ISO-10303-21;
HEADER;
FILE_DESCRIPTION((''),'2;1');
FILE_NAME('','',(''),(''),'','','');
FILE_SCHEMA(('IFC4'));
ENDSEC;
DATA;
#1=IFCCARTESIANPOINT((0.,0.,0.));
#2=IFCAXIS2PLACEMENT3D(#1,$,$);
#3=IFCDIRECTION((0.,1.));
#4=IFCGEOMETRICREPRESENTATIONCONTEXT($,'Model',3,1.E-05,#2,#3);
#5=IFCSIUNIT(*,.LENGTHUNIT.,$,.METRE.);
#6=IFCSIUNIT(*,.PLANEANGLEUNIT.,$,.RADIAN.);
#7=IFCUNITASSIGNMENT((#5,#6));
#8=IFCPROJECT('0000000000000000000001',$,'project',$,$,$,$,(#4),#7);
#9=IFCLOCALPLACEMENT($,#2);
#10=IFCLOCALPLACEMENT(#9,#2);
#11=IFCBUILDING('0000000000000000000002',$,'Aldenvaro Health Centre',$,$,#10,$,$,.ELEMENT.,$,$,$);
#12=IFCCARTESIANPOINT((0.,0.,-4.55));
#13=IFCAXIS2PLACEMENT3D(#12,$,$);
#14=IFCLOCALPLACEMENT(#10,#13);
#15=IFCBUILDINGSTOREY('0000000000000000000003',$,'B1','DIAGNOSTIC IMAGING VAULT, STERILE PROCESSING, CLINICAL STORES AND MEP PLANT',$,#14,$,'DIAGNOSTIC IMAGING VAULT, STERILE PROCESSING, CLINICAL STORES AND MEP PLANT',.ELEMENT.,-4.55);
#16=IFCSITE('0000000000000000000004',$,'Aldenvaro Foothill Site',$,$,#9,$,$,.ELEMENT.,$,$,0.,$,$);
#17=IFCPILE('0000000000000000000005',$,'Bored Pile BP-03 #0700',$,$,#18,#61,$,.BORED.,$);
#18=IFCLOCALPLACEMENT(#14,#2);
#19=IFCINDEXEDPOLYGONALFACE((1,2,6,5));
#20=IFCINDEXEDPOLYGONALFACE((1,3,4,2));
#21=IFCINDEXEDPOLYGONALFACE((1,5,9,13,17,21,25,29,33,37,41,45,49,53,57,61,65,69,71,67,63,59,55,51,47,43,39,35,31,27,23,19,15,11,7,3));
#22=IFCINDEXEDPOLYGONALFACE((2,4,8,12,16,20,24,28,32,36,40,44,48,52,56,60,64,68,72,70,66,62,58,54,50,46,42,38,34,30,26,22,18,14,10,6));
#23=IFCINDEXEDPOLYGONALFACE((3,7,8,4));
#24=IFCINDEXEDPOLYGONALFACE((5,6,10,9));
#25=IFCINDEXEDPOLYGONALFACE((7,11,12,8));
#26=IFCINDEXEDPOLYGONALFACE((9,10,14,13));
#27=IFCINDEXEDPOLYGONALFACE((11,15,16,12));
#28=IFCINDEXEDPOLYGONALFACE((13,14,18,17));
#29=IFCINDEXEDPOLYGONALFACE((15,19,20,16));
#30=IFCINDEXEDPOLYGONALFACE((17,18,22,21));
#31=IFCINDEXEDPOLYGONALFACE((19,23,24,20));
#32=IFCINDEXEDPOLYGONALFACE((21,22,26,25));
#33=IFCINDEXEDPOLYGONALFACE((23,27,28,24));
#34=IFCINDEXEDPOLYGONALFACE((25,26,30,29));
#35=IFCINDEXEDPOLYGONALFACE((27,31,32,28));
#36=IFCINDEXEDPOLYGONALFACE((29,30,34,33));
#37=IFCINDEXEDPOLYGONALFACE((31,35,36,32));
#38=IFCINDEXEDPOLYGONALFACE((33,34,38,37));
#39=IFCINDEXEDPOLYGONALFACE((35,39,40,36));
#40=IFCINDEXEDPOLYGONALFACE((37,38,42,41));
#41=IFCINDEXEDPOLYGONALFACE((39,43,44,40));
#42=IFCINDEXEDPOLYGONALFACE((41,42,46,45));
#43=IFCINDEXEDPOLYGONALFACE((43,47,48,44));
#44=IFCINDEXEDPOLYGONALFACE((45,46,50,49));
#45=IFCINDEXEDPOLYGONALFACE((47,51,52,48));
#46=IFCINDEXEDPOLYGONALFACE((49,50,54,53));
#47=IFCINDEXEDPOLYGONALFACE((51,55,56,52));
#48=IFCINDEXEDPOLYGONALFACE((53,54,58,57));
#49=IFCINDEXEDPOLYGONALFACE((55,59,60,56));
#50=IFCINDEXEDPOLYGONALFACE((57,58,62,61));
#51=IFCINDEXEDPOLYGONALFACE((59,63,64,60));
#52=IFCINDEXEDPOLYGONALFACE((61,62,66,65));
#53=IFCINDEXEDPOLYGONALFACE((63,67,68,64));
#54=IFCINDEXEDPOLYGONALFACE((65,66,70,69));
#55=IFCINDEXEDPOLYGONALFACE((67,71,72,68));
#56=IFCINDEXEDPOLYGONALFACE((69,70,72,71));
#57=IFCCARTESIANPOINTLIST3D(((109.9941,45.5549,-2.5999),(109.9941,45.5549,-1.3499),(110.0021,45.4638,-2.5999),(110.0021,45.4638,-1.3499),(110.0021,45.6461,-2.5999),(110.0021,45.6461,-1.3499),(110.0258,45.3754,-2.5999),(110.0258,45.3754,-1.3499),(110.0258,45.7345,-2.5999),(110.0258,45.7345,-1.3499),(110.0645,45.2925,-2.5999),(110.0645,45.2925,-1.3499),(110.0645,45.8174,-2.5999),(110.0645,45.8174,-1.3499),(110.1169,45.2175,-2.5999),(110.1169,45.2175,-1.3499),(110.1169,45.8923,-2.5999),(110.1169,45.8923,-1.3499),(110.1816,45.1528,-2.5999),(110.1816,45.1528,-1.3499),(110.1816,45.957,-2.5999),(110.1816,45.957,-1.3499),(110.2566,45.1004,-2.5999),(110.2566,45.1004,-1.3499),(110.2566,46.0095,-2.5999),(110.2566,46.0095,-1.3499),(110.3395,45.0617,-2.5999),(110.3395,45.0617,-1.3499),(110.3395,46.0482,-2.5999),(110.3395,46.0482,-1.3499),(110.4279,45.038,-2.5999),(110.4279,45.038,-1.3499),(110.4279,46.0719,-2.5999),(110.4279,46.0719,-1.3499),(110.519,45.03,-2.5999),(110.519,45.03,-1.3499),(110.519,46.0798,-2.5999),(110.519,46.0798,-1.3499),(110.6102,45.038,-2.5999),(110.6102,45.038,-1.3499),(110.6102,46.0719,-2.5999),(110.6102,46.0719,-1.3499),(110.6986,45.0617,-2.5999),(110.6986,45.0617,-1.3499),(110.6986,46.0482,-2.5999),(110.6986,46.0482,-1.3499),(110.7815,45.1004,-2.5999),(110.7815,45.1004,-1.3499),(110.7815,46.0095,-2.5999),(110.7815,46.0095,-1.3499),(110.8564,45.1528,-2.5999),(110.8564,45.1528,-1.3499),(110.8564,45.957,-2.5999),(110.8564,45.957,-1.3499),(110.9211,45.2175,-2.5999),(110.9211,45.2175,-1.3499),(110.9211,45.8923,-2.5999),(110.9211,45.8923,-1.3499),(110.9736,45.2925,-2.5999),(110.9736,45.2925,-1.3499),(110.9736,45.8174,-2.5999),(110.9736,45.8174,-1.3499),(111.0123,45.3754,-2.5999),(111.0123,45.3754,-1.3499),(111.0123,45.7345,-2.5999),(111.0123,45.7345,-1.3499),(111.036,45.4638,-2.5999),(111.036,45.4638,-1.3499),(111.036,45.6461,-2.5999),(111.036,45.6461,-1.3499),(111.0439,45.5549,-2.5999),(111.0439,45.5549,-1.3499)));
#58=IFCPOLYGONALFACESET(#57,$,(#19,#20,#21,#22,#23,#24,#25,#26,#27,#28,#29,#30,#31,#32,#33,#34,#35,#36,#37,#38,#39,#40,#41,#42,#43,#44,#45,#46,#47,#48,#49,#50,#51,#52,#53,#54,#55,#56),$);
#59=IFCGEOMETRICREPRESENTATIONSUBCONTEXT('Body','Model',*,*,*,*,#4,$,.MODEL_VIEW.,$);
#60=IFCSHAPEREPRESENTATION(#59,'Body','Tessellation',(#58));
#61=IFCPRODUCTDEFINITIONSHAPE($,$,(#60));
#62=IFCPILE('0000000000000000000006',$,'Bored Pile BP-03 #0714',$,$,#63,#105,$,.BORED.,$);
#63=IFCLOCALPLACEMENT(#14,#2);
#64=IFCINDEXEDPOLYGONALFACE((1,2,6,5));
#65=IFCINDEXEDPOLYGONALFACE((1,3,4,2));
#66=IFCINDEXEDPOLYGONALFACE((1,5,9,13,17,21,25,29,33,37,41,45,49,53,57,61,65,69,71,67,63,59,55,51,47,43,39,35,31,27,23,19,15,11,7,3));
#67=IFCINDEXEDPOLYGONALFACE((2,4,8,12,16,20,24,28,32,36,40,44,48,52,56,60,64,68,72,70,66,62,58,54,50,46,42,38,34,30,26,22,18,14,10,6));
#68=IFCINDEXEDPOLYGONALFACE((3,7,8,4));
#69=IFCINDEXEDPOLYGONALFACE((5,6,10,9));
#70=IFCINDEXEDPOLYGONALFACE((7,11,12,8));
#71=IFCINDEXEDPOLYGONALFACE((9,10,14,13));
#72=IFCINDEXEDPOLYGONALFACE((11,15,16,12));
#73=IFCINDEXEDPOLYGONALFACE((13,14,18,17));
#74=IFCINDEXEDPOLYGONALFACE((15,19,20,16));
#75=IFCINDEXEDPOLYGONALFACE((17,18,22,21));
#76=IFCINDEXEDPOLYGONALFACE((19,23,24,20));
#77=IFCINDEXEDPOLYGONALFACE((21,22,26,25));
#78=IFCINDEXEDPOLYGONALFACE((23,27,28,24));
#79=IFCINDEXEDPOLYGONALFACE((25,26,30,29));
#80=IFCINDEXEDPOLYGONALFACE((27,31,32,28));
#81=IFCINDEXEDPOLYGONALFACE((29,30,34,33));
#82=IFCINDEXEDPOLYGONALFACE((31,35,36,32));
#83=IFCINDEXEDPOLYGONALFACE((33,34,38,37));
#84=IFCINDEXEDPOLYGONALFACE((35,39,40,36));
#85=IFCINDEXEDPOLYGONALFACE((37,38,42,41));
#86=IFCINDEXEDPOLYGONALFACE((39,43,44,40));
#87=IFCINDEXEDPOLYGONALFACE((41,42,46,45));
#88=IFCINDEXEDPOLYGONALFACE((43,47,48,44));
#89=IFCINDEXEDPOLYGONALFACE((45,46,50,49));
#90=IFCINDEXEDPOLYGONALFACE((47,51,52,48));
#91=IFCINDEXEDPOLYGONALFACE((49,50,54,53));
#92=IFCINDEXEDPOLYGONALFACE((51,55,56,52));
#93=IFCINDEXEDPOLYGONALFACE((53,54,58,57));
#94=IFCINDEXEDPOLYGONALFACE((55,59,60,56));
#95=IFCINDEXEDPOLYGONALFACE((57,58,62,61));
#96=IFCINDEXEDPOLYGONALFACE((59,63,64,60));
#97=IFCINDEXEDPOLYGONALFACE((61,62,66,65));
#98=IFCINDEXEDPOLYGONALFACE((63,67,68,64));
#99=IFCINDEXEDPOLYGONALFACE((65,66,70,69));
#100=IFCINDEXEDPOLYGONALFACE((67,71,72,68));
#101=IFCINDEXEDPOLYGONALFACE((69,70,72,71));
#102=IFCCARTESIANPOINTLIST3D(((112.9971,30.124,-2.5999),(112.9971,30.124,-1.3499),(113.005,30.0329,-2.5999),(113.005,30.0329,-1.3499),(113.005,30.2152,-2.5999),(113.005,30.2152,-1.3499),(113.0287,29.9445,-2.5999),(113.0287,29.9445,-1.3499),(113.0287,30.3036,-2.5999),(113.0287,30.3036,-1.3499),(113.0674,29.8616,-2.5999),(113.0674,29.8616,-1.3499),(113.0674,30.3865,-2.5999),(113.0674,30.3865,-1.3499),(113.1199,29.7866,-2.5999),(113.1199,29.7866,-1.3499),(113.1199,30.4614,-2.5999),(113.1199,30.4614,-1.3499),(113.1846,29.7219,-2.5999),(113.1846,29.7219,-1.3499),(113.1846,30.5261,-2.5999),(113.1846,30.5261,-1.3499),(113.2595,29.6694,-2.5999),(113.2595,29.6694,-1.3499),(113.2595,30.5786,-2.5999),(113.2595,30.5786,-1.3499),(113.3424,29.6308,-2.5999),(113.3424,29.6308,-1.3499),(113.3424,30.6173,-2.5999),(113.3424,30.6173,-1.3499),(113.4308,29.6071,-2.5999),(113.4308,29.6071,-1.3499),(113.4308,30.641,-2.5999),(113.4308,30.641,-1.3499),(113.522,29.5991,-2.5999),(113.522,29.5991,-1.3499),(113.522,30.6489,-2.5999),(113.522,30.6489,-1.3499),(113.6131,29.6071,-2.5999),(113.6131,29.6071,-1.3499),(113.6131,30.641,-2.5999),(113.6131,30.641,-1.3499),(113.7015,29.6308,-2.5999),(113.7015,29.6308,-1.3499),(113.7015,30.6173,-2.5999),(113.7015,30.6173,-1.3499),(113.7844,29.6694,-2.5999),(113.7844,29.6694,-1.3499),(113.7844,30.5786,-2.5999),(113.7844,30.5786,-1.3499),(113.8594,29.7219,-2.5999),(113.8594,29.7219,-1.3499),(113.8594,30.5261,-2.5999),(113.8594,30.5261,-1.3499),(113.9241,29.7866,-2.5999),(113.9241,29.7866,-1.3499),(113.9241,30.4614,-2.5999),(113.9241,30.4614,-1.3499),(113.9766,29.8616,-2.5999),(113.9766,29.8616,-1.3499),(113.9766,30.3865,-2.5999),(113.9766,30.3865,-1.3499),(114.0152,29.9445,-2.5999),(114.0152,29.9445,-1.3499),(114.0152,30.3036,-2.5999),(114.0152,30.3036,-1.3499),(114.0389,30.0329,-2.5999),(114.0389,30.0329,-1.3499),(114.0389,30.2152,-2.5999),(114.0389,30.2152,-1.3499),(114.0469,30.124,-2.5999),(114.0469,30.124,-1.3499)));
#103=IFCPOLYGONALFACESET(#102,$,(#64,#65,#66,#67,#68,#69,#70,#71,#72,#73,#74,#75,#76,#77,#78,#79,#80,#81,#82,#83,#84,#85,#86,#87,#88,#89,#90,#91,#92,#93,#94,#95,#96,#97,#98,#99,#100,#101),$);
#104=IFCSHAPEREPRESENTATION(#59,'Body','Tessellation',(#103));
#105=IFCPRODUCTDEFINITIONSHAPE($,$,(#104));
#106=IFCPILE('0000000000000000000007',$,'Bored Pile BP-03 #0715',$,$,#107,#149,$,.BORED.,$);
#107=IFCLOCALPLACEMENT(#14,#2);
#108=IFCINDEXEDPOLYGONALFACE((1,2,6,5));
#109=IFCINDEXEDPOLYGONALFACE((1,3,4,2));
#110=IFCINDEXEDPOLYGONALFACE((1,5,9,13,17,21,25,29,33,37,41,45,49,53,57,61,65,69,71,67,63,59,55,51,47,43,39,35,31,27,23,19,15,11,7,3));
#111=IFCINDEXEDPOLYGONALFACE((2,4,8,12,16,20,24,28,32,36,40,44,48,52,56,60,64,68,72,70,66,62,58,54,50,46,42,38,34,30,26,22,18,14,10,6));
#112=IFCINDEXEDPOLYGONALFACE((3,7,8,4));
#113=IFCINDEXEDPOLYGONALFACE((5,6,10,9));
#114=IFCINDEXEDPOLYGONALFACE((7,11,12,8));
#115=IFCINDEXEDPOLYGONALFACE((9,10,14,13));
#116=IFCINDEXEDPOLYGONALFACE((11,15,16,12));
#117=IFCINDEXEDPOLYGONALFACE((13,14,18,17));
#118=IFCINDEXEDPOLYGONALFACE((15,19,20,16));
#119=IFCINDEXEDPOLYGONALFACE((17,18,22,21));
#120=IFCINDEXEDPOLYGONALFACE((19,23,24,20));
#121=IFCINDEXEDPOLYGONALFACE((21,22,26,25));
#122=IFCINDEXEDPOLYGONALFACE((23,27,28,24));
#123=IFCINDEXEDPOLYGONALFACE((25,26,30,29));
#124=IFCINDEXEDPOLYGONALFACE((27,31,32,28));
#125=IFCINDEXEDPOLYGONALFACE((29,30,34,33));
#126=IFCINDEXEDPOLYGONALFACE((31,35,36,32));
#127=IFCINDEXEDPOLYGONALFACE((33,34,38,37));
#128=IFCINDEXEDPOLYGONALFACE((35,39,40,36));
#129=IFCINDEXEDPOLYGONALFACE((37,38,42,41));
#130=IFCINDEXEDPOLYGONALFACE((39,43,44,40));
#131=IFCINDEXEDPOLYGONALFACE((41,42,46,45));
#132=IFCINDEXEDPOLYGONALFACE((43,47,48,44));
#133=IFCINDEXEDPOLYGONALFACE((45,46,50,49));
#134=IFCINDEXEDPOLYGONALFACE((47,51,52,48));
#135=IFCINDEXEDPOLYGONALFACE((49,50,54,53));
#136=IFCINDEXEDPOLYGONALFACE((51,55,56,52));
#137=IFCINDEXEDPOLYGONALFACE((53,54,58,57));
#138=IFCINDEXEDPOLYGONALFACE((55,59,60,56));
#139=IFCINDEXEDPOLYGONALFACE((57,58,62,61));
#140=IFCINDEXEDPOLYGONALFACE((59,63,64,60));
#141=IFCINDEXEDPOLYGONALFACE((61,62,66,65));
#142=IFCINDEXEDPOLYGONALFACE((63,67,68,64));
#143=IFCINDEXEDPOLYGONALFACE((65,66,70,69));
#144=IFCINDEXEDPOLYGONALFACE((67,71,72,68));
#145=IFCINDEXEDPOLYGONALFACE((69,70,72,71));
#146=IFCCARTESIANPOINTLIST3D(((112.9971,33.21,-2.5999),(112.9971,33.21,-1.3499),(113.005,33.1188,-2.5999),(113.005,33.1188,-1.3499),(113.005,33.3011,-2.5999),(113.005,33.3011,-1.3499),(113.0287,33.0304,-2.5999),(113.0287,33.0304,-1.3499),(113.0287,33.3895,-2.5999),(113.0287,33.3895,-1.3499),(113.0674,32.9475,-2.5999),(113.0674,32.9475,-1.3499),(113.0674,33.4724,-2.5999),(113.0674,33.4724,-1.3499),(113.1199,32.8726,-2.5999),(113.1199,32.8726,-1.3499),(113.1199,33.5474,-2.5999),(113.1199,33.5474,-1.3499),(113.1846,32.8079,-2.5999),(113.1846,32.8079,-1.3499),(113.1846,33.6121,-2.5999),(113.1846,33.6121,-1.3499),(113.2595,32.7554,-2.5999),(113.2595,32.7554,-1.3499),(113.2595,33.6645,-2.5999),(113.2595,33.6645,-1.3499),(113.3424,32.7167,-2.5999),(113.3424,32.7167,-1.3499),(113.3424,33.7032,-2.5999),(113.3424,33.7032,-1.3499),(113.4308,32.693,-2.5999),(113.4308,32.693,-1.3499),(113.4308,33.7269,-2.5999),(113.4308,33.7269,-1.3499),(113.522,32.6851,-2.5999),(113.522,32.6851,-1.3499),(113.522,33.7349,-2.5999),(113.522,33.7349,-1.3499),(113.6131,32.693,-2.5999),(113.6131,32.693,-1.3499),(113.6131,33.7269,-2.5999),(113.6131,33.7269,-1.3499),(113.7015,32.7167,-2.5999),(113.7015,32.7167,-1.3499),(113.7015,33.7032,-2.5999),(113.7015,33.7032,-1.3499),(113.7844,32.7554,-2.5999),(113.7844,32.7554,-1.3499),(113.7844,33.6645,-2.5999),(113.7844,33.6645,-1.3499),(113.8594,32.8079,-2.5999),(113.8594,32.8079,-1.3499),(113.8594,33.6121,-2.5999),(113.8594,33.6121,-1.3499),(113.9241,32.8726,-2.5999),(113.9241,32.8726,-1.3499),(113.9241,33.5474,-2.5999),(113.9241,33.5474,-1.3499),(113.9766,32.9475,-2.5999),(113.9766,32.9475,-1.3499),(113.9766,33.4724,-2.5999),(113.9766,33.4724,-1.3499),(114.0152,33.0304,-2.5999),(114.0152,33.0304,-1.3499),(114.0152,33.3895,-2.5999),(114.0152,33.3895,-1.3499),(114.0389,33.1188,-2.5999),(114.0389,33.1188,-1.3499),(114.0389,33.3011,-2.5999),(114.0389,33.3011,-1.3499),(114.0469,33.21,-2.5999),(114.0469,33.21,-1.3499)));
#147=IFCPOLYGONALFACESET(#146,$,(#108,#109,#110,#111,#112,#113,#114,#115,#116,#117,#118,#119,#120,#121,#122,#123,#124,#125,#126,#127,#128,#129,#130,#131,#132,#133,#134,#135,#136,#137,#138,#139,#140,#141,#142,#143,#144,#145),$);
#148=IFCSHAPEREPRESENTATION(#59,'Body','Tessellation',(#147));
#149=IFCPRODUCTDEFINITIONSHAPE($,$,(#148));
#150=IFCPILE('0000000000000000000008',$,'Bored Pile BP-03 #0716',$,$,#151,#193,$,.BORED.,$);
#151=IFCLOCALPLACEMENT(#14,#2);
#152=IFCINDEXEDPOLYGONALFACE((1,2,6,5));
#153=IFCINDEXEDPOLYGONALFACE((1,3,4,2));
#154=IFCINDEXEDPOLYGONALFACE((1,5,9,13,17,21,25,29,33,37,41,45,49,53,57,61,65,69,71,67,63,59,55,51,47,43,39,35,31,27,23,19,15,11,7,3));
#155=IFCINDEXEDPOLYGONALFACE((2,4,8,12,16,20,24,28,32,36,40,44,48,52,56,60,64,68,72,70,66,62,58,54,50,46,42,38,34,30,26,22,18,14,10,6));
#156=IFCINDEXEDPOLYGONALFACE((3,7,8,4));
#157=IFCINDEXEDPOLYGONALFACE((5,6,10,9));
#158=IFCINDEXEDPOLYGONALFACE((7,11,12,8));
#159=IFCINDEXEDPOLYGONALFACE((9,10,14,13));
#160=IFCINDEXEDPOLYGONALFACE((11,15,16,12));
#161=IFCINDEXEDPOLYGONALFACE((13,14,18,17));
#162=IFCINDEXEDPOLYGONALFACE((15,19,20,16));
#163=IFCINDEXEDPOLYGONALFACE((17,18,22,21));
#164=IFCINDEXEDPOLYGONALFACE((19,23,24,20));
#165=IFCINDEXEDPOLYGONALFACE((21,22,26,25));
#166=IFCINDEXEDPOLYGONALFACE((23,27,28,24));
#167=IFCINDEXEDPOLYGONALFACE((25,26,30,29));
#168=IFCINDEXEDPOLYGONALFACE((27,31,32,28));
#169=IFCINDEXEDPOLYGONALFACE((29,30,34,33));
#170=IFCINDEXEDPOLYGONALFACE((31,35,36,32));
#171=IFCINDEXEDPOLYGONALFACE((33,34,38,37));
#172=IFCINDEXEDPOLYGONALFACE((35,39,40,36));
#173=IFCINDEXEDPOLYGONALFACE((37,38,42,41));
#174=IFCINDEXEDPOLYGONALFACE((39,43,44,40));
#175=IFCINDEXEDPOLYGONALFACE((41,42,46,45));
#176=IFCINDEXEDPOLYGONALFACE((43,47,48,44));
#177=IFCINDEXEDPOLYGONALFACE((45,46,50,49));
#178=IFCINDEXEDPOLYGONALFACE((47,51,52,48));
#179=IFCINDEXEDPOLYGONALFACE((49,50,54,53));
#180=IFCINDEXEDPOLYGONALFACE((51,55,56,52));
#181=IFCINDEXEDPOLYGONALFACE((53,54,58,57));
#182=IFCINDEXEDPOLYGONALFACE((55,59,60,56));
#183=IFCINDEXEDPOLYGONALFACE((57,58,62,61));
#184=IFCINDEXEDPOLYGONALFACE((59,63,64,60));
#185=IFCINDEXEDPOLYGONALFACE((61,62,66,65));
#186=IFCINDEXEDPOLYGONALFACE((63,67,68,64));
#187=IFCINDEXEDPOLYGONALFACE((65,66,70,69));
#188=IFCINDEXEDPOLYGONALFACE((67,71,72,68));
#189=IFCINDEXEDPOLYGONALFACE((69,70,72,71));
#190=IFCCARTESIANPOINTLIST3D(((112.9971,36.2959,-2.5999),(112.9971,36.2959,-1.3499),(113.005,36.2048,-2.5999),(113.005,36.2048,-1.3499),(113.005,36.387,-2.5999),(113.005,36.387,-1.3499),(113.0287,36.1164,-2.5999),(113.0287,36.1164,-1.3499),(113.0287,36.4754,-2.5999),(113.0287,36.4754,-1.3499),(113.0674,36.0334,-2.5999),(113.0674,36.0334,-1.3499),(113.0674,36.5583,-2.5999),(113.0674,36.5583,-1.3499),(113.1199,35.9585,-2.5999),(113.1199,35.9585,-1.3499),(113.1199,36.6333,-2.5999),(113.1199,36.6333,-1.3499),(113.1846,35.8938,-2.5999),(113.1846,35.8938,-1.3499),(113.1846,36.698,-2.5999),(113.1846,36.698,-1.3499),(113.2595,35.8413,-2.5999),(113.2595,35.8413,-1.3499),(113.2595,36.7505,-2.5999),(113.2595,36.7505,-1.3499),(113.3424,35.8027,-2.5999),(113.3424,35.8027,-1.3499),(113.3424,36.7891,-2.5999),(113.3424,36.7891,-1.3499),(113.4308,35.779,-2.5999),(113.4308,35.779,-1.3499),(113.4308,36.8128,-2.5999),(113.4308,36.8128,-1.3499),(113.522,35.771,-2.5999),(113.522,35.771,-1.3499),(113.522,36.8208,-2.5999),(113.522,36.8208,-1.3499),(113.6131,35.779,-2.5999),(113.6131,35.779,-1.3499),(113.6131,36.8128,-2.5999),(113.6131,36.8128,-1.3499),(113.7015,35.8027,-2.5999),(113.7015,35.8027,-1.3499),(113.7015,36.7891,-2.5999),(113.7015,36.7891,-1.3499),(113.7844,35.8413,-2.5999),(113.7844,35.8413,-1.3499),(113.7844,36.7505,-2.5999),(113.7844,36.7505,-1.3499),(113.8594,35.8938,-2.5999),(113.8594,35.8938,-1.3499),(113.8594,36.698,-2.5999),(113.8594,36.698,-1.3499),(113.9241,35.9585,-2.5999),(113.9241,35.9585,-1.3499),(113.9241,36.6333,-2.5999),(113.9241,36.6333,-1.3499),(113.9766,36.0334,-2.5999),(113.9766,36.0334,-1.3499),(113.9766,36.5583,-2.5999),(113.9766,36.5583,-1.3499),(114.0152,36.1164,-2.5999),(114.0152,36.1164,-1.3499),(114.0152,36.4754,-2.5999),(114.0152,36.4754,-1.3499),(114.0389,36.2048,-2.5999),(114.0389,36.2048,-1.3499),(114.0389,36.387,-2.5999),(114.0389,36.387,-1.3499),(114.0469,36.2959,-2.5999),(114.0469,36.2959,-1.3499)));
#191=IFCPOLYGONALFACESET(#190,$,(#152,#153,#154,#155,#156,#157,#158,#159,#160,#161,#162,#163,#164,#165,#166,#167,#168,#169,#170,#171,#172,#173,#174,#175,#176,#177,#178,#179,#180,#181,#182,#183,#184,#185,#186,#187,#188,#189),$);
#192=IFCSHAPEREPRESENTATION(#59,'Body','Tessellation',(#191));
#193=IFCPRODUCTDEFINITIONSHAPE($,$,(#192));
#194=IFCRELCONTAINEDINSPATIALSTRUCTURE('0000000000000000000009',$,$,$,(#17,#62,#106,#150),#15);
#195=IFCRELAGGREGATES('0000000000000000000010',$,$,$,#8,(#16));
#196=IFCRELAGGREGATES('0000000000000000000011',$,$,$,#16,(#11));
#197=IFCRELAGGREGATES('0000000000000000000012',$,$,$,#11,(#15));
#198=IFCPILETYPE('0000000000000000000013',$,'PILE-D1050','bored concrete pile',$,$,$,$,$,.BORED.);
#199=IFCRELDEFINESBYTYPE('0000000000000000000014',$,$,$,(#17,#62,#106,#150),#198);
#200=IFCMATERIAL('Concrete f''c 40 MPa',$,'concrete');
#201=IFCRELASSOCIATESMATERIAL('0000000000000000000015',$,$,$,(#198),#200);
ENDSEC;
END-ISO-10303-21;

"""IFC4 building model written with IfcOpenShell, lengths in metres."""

from ifc_helpers import new_model, si_unit, direction, frame, origin, origin_2d, place, context, subcontext, project, spatial, circle, extrude, material, material_profile, profile_set, type_object, element, save


model = new_model("IFC4")

# Units and contexts
model_context = context("Model", 3, precision=1e-05, world=origin(), true_north=direction((0.0, 1.0)))
body_context = subcontext(model_context, "Body", "Model", "MODEL_VIEW")
ifc_project = project(units=[si_unit("LENGTHUNIT", "METRE"), si_unit("PLANEANGLEUNIT", "RADIAN")], contexts=[model_context])

# Site, building, storey
site_placement = place(None, origin())
site = spatial("IfcSite", under=ifc_project, at=site_placement, Name="Aldenvaro Foothill Site", CompositionType="ELEMENT", RefElevation=0.0)
building_placement = place(site_placement, origin())
building = spatial("IfcBuilding", under=site, at=building_placement, Name="Aldenvaro Health Centre", CompositionType="ELEMENT")
storey_placement = place(building_placement, frame((0.0, 0.0, -4.55)))
storey = spatial("IfcBuildingStorey", under=building, at=storey_placement, Name="B1", Description="DIAGNOSTIC IMAGING VAULT, STERILE PROCESSING, CLINICAL STORES AND MEP PLANT", LongName="DIAGNOSTIC IMAGING VAULT, STERILE PROCESSING, CLINICAL STORES AND MEP PLANT", CompositionType="ELEMENT", Elevation=-4.55)

# Piles
ifc_material = material(Name="Concrete f'c 40 MPa", Category="concrete")
ifc_material_profile = material_profile(ifc_material, circle(Radius=0.5249, at=origin_2d()), Name="PILE D1050", Category="concrete")
ifc_profile_set = profile_set([ifc_material_profile], Name="Concrete f'c 40 MPa")
pile_type = type_object("IfcPileType", Name="PILE-D1050", Description="bored concrete pile", PredefinedType="BORED", material=ifc_profile_set)
for number, where, z_axis, x_axis, name in (
    (1, (110.519, 45.5549, -1.3499), (0.0, 0.0, -1.0), (1.0, 0.0, 0.0), "Bored Pile BP-03 #0700"),
    (2, (113.522, 30.124, -1.3499), (0.0, 0.0, -1.0), (1.0, 0.0, 0.0), "Bored Pile BP-03 #0714"),
    (3, (113.522, 33.21, -1.3499), (0.0, 0.0, -1.0), (1.0, 0.0, 0.0), "Bored Pile BP-03 #0715"),
    (4, (113.522, 36.2959, -1.3499), (0.0, 0.0, -1.0), (1.0, 0.0, 0.0), "Bored Pile BP-03 #0716"),
):
    element("IfcPile", number, at=place(storey_placement, frame(where, z_axis=z_axis, x_axis=x_axis)), inside=storey, type_object=pile_type, Name=name, PredefinedType="BORED", context=body_context, shape_type="SweptSolid", body=[
        extrude(circle(Radius=0.5249, at=origin_2d()), origin(), (0.0, 0.0, 1.0), 1.25),
    ])

save(model, "model.ifc")
